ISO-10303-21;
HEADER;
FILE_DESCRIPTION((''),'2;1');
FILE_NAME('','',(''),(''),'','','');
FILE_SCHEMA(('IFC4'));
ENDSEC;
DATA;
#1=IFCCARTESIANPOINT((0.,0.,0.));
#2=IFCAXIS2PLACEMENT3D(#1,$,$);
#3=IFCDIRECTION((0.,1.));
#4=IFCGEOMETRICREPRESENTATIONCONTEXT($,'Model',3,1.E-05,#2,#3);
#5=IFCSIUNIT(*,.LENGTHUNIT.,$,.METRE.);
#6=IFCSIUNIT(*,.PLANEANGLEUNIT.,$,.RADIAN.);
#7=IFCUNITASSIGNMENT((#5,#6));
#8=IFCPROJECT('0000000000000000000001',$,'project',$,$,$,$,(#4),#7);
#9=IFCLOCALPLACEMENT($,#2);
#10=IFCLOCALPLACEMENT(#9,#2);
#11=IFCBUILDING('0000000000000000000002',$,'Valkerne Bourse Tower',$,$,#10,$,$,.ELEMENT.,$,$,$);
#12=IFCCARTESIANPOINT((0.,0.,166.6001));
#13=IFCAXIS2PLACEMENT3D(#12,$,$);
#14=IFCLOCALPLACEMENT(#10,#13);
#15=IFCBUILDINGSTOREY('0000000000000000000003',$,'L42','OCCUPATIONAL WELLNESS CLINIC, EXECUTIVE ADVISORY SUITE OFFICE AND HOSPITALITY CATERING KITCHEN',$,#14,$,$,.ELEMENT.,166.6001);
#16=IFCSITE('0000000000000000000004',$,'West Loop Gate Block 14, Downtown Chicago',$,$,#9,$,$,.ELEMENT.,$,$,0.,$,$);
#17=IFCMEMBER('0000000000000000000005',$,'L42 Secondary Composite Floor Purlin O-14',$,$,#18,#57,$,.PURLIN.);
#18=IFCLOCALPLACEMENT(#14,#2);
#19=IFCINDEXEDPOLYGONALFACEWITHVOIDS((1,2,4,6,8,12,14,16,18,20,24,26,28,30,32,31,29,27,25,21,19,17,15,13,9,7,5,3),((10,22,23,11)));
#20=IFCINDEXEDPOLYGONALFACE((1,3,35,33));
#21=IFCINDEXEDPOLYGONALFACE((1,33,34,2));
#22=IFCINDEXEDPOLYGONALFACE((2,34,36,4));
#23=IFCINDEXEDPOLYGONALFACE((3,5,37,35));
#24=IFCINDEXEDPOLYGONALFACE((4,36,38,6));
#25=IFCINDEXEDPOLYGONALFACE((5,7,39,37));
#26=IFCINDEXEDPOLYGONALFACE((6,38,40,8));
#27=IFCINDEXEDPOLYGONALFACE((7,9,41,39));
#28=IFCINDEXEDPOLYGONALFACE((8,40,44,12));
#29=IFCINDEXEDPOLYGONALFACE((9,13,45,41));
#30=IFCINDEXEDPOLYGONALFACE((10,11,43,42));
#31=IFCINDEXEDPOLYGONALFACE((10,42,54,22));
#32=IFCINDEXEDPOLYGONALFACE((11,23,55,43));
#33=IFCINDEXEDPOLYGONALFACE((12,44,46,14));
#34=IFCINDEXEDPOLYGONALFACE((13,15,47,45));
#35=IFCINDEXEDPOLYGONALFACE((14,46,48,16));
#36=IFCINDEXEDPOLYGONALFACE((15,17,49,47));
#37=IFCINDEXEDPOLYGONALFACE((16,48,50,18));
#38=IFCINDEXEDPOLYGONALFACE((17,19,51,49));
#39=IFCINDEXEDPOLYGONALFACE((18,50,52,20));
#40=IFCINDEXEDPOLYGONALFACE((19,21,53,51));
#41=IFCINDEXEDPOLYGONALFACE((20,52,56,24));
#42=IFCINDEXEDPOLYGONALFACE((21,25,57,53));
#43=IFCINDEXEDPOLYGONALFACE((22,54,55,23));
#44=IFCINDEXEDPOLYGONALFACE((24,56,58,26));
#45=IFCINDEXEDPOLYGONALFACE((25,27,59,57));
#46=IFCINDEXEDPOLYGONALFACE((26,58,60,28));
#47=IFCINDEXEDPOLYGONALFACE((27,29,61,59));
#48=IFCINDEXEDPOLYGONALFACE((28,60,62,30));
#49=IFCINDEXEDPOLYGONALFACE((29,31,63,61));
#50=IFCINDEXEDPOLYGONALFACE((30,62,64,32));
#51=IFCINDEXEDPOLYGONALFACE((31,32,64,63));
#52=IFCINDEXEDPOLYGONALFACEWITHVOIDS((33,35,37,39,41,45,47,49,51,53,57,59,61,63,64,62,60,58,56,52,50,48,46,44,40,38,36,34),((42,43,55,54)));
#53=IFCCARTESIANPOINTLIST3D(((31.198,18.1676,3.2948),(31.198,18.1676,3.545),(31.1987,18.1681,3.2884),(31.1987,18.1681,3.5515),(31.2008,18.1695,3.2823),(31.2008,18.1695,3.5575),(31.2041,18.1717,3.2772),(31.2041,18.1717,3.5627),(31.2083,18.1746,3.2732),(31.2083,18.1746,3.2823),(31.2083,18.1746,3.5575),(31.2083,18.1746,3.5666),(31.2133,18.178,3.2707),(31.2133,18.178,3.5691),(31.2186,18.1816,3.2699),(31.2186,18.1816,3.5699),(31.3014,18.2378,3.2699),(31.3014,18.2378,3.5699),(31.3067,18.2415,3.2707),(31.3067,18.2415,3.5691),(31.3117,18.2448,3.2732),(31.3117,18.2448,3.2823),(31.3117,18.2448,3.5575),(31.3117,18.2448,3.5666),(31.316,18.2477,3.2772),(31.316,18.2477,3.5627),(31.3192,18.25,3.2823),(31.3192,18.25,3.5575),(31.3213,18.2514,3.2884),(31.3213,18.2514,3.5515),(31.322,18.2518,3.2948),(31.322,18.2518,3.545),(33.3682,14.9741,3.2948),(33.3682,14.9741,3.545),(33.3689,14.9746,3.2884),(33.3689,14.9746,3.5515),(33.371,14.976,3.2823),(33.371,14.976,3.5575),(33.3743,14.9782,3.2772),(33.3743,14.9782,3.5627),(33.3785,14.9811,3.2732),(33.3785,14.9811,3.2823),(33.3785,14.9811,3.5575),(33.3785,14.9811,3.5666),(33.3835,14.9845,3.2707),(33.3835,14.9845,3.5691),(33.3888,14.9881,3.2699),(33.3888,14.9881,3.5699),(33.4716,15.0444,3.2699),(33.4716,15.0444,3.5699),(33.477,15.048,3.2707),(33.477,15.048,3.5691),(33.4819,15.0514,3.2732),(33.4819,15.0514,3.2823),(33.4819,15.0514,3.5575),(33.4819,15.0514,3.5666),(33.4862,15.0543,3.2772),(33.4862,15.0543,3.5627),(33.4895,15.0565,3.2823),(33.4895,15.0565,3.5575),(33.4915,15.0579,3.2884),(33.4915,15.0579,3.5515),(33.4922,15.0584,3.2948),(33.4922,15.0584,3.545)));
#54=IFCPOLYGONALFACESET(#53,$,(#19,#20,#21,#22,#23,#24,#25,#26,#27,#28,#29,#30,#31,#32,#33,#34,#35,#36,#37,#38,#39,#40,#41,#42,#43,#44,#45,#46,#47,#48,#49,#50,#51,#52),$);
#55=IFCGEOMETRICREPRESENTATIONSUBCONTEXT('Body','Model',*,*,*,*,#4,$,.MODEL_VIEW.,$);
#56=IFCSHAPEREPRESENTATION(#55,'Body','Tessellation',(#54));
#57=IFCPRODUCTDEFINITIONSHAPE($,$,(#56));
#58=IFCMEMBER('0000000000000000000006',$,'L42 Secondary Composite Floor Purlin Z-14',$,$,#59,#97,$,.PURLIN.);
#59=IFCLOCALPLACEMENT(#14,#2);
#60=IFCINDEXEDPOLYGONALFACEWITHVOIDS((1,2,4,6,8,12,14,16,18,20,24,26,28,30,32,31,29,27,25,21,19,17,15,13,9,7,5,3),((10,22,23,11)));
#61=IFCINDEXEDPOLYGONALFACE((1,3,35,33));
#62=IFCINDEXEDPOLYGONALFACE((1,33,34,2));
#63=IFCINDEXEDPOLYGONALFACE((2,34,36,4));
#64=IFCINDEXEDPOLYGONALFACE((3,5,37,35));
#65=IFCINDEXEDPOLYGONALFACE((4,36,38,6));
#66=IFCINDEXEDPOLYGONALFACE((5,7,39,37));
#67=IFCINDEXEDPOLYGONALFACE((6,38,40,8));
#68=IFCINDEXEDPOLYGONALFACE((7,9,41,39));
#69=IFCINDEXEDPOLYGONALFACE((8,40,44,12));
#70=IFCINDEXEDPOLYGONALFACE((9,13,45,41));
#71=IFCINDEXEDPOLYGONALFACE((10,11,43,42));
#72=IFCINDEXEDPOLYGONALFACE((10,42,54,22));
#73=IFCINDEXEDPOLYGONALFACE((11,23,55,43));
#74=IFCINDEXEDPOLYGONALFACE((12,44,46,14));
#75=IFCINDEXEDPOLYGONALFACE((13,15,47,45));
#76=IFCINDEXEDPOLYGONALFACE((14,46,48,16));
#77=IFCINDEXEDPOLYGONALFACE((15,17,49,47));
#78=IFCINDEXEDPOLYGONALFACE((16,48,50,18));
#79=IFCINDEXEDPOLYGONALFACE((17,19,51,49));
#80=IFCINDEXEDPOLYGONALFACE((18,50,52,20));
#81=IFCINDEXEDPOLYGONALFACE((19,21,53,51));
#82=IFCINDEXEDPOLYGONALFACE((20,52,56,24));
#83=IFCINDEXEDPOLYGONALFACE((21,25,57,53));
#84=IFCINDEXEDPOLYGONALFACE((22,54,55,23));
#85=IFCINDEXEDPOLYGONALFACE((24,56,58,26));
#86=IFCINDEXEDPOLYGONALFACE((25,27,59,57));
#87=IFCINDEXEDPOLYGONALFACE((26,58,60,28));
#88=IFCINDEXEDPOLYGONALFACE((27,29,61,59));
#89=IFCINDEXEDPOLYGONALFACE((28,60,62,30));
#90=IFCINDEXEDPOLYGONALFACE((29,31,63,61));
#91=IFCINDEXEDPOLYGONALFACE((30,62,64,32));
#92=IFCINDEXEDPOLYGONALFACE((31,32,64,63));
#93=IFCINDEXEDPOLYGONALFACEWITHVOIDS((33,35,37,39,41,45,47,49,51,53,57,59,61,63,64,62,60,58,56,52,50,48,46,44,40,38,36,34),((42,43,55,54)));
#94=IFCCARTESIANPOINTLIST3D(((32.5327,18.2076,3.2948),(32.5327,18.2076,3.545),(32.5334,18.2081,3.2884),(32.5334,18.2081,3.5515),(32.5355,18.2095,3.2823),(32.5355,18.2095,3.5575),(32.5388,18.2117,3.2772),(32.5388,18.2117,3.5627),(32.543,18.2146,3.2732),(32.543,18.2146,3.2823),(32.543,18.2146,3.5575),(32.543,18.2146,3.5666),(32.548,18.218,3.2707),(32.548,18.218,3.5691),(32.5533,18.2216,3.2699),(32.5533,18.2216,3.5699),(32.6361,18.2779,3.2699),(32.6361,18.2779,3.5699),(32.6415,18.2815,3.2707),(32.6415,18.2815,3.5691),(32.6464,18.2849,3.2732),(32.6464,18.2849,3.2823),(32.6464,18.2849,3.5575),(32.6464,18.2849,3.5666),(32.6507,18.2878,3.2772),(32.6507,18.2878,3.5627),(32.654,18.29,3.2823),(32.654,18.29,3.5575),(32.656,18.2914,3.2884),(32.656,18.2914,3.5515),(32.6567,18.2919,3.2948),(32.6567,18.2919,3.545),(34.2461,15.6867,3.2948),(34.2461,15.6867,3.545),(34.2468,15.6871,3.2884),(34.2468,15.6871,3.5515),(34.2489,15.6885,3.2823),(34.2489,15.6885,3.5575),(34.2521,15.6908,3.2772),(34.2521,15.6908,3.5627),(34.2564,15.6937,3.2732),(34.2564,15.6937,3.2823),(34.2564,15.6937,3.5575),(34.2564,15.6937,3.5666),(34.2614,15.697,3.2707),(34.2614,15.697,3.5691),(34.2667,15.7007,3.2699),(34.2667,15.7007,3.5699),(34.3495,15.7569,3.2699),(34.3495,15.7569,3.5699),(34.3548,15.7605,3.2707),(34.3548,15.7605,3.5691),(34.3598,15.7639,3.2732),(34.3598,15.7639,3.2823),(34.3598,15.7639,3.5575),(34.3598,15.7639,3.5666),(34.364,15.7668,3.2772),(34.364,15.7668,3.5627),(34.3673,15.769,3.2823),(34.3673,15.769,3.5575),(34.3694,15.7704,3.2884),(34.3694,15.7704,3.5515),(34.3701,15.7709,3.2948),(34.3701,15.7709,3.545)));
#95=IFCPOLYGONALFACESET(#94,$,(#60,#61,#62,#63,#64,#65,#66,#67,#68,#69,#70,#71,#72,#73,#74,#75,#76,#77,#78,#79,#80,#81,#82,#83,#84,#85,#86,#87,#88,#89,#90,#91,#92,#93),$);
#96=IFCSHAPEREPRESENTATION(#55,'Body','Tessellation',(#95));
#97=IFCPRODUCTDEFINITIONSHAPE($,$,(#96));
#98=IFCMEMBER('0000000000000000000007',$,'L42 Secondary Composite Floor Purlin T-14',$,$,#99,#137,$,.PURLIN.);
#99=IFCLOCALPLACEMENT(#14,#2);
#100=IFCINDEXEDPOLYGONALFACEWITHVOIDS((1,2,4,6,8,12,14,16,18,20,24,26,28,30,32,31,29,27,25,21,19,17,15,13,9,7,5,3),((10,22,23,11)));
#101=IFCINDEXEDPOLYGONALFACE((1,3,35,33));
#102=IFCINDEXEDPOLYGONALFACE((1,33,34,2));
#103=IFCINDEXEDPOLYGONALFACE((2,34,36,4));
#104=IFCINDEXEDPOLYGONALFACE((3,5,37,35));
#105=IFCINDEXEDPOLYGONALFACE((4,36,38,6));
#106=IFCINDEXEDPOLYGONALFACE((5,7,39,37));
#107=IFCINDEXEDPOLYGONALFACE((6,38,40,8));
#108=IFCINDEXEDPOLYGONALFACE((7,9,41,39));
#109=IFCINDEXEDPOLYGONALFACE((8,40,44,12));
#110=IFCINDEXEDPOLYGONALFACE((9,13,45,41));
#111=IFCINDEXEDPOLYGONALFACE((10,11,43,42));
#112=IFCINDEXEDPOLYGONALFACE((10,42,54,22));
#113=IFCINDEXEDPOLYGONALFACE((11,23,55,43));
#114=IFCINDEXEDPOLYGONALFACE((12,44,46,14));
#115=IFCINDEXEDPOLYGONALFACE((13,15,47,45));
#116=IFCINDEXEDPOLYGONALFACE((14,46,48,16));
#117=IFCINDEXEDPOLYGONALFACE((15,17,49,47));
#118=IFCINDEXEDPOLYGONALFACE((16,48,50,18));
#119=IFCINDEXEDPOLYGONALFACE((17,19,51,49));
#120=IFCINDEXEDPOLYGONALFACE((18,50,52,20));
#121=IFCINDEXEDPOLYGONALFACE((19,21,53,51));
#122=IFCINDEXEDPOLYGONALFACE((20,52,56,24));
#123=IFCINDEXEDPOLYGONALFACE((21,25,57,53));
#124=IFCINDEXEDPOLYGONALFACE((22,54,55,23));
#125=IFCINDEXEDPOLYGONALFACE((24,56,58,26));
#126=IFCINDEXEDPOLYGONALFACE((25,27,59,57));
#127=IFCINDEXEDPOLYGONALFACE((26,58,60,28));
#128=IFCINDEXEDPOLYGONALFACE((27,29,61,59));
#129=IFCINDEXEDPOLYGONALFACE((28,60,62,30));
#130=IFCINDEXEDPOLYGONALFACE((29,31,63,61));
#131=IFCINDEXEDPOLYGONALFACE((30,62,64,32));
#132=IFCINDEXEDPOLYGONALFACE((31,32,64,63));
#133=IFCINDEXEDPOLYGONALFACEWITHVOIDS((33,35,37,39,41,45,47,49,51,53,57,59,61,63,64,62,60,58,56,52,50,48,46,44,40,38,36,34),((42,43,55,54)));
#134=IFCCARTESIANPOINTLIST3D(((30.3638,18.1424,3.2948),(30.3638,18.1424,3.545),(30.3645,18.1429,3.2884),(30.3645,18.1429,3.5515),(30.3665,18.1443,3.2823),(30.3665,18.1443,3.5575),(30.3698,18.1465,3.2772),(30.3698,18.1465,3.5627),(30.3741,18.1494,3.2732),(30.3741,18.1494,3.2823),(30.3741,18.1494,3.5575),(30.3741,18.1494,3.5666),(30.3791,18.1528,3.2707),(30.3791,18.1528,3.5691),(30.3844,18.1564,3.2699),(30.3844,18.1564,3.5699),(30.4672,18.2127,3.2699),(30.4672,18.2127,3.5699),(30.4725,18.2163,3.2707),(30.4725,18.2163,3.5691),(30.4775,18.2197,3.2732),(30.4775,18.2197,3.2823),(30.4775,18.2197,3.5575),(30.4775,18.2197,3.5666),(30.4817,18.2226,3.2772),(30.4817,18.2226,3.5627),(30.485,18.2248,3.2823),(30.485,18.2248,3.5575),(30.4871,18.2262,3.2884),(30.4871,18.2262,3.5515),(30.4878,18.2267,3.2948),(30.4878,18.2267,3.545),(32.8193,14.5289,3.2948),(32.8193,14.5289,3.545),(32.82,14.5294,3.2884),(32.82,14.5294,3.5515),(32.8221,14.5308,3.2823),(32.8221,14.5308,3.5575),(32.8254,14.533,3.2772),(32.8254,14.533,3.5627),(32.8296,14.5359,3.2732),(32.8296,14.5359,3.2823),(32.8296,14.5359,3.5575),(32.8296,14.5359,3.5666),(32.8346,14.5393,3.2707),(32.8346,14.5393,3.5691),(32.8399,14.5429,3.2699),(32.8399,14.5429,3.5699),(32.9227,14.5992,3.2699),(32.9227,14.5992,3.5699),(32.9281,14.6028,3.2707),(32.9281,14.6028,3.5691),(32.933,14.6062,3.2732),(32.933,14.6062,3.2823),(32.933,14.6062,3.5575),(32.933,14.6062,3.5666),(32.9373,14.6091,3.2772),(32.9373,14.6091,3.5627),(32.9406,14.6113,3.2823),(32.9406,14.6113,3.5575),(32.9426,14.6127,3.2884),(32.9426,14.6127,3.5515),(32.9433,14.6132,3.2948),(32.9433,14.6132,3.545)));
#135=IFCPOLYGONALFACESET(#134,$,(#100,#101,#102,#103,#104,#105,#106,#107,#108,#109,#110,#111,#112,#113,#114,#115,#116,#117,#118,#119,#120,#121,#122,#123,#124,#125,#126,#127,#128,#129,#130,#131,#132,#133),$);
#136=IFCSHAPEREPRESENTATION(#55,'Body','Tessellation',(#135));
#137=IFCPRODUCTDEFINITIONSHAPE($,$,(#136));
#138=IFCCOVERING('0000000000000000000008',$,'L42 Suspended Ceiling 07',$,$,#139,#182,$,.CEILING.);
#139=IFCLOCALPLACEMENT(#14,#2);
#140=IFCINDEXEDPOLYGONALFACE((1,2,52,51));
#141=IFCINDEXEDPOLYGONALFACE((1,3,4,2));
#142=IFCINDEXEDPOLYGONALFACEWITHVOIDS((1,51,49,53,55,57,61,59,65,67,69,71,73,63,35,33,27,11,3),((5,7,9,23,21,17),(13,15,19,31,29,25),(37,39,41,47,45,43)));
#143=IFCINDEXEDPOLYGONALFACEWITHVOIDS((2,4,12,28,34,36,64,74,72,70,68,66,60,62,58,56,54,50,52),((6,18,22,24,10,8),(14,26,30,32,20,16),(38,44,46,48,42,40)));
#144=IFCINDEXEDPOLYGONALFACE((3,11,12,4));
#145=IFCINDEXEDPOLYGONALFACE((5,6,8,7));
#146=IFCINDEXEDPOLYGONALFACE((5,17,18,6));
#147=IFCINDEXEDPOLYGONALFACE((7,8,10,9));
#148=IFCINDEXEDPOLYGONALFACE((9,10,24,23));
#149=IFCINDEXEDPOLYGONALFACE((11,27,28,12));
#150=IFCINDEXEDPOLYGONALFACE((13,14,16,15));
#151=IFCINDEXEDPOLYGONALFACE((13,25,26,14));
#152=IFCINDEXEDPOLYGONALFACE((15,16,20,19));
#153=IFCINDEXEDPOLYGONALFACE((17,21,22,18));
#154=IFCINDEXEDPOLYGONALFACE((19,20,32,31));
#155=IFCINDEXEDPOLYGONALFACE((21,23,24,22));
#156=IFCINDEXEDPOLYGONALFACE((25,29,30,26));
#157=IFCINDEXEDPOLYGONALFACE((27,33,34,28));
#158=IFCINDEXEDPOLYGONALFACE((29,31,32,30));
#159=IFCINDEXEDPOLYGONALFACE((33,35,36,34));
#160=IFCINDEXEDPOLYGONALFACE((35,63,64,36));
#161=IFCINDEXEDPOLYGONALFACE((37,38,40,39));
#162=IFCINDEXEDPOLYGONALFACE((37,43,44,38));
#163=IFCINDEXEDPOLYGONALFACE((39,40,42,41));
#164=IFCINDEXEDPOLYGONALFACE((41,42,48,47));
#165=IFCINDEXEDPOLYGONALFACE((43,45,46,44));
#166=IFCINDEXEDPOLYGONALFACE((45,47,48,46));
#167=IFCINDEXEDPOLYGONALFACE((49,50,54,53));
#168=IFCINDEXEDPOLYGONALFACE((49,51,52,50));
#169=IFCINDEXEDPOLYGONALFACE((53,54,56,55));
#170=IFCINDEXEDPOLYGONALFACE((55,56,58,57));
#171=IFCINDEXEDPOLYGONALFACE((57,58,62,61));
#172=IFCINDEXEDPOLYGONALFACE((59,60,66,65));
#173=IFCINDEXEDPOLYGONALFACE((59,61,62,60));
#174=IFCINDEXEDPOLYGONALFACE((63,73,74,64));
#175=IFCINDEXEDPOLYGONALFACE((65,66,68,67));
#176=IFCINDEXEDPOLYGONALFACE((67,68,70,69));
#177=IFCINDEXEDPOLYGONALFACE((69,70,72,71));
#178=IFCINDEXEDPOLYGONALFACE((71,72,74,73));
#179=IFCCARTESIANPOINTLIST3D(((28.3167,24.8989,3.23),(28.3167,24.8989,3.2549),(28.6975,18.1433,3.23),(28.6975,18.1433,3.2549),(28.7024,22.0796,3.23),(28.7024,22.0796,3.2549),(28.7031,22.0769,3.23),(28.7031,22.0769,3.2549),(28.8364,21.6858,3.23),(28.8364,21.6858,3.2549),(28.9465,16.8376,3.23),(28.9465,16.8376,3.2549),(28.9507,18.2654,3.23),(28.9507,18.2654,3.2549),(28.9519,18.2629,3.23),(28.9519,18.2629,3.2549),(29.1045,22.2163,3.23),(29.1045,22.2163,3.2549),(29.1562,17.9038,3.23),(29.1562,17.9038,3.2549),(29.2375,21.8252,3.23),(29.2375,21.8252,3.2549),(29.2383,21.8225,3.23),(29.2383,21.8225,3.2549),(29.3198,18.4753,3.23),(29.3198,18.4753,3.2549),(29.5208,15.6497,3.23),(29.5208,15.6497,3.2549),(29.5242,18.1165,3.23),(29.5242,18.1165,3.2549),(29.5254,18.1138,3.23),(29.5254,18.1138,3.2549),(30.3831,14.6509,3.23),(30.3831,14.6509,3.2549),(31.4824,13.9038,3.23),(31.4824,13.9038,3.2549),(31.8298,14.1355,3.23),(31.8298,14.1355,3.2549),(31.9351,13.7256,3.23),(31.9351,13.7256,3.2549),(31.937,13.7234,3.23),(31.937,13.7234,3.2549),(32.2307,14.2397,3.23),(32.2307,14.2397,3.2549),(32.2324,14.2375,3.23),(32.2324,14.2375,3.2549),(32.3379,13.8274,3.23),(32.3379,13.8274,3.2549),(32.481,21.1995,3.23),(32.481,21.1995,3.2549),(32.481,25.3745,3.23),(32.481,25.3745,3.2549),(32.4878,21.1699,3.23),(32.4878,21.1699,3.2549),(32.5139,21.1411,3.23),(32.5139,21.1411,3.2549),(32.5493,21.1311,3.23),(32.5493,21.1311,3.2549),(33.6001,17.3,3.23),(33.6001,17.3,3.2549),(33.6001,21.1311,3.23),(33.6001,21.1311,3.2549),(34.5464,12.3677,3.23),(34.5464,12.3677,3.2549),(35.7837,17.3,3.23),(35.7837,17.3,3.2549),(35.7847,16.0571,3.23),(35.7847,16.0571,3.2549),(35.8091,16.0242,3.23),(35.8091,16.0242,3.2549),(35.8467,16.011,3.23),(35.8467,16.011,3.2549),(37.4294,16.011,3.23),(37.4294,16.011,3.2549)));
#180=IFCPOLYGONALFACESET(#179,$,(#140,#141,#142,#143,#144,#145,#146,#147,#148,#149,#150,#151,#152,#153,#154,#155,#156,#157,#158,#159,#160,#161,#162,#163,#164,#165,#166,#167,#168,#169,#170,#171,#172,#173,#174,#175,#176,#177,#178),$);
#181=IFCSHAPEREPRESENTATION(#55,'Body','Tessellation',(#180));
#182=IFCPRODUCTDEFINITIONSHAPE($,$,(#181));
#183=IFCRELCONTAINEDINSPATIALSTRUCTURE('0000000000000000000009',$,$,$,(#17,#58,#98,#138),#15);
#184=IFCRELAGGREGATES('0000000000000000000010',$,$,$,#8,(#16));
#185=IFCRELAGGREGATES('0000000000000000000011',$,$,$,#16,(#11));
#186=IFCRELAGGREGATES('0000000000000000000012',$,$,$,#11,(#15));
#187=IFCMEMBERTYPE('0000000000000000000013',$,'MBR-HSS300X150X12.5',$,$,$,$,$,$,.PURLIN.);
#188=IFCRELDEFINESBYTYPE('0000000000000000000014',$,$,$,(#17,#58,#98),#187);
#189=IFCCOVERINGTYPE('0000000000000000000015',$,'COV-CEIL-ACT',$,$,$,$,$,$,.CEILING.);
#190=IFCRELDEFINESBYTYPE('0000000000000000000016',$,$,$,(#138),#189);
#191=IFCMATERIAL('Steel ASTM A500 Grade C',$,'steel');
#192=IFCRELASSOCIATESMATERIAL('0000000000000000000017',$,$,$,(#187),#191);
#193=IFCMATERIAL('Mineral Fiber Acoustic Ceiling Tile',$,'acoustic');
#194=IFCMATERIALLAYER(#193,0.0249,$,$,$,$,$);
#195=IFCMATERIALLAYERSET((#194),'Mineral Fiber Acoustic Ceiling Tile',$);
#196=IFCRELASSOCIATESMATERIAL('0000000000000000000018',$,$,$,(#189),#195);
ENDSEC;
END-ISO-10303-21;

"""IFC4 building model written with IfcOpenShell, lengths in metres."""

from ifc_helpers import new_model, si_unit, direction, frame, origin, origin_2d, place, context, subcontext, project, spatial, polyline, hollow_rectangle, outline, extrude, material, layer, layer_set, material_profile, profile_set, type_object, element, save


model = new_model("IFC4")

# Units and contexts
model_context = context("Model", 3, precision=1e-05, world=origin(), true_north=direction((0.0, 1.0)))
body_context = subcontext(model_context, "Body", "Model", "MODEL_VIEW")
ifc_project = project(units=[si_unit("LENGTHUNIT", "METRE"), si_unit("PLANEANGLEUNIT", "RADIAN")], contexts=[model_context])

# Site, building, storey
site_placement = place(None, origin())
site = spatial("IfcSite", under=ifc_project, at=site_placement, Name="West Loop Gate Block 14, Downtown Chicago", CompositionType="ELEMENT", RefElevation=0.0)
building_placement = place(site_placement, origin())
building = spatial("IfcBuilding", under=site, at=building_placement, Name="Valkerne Bourse Tower", CompositionType="ELEMENT")
storey_placement = place(building_placement, frame((0.0, 0.0, 166.6001)))
storey = spatial("IfcBuildingStorey", under=building, at=storey_placement, Name="L42", Description="OCCUPATIONAL WELLNESS CLINIC, EXECUTIVE ADVISORY SUITE OFFICE AND HOSPITALITY CATERING KITCHEN", CompositionType="ELEMENT", Elevation=166.6001)

# Members
ifc_material_1 = material(Name="Steel ASTM A500 Grade C", Category="steel")
ifc_material_profile_1 = material_profile(ifc_material_1, hollow_rectangle(XDim=0.1499, YDim=0.3, WallThickness=0.0125, OuterFilletRadius=0.0249, at=origin_2d()), Name="HSS300X150X12.5")
ifc_profile_set_1 = profile_set([ifc_material_profile_1], Name="Steel ASTM A500 Grade C")
member_type_1 = type_object("IfcMemberType", Name="MBR-HSS300X150X12.5", PredefinedType="PURLIN", material=ifc_profile_set_1)
member_1_placement = place(storey_placement, frame((31.26, 18.2097, 3.4199), z_axis=(0.562077, -0.827085, 0.0), x_axis=(0.827085, 0.562077, 0.0)))
element("IfcMember", 1, at=member_1_placement, inside=storey, type_object=member_type_1, Name="L42 Secondary Composite Floor Purlin O-14", PredefinedType="PURLIN", context=body_context, shape_type="SweptSolid", body=[
    extrude(hollow_rectangle(XDim=0.1499, YDim=0.3, WallThickness=0.0125, OuterFilletRadius=0.0249, at=origin_2d()), origin(), (0.0, 0.0, 1.0), 3.8611),
])
member_2_placement = place(storey_placement, frame((32.5947, 18.2498, 3.4199), z_axis=(0.562108, -0.827064, 0.0), x_axis=(0.827064, 0.562108, 0.0)))
element("IfcMember", 2, at=member_2_placement, inside=storey, type_object=member_type_1, Name="L42 Secondary Composite Floor Purlin Z-14", PredefinedType="PURLIN", context=body_context, shape_type="SweptSolid", body=[
    extrude(hollow_rectangle(XDim=0.1499, YDim=0.3, WallThickness=0.0125, OuterFilletRadius=0.0249, at=origin_2d()), origin(), (0.0, 0.0, 1.0), 3.0481),
])
member_3_placement = place(storey_placement, frame((30.4258, 18.1846, 3.4199), z_axis=(0.562055, -0.8271, 0.0), x_axis=(0.8271, 0.562055, 0.0)))
element("IfcMember", 3, at=member_3_placement, inside=storey, type_object=member_type_1, Name="L42 Secondary Composite Floor Purlin T-14", PredefinedType="PURLIN", context=body_context, shape_type="SweptSolid", body=[
    extrude(hollow_rectangle(XDim=0.1499, YDim=0.3, WallThickness=0.0125, OuterFilletRadius=0.0249, at=origin_2d()), origin(), (0.0, 0.0, 1.0), 4.3689),
])

# Covering
ifc_material_2 = material(Name="Mineral Fiber Acoustic Ceiling Tile", Category="acoustic")
ifc_layer_1 = layer(ifc_material_2, 0.0249)
ifc_layer_set_1 = layer_set([ifc_layer_1], Name="Mineral Fiber Acoustic Ceiling Tile")
covering_type_1 = type_object("IfcCoveringType", Name="COV-CEIL-ACT", PredefinedType="CEILING", material=ifc_layer_set_1)
covering_1_placement = place(storey_placement, frame((0.0, 0.0, 3.23)))
element("IfcCovering", 4, at=covering_1_placement, inside=storey, type_object=covering_type_1, Name="L42 Suspended Ceiling 07", PredefinedType="CEILING", context=body_context, shape_type="SweptSolid", body=[
    extrude(outline(polyline([(29.5208, 15.6497), (28.9465, 16.8376), (28.6975, 18.1433), (28.3167, 24.8989), (32.481, 25.3745), (32.481, 21.1995), (32.4878, 21.1699), (32.5139, 21.1411), (32.5493, 21.1311), (33.6001, 21.1311), (33.6001, 17.3), (35.7837, 17.3), (35.7847, 16.0571), (35.8091, 16.0242), (35.8467, 16.011), (37.4294, 16.011), (34.5464, 12.3677), (31.4824, 13.9038), (30.3831, 14.6509), (29.5208, 15.6497)]), holes=[polyline([(32.2324, 14.2375), (32.2307, 14.2397), (31.8298, 14.1355), (31.9351, 13.7256), (31.937, 13.7234), (32.3379, 13.8274), (32.2324, 14.2375)]), polyline([(29.5254, 18.1138), (29.5242, 18.1165), (29.3198, 18.4753), (28.9507, 18.2654), (28.9519, 18.2629), (29.1562, 17.9038), (29.5254, 18.1138)]), polyline([(29.2383, 21.8225), (29.2375, 21.8252), (29.1045, 22.2163), (28.7024, 22.0796), (28.7031, 22.0769), (28.8364, 21.6858), (29.2383, 21.8225)])]), origin(), (0.0, 0.0, 1.0), 0.0249),
])

save(model, "model.ifc")
